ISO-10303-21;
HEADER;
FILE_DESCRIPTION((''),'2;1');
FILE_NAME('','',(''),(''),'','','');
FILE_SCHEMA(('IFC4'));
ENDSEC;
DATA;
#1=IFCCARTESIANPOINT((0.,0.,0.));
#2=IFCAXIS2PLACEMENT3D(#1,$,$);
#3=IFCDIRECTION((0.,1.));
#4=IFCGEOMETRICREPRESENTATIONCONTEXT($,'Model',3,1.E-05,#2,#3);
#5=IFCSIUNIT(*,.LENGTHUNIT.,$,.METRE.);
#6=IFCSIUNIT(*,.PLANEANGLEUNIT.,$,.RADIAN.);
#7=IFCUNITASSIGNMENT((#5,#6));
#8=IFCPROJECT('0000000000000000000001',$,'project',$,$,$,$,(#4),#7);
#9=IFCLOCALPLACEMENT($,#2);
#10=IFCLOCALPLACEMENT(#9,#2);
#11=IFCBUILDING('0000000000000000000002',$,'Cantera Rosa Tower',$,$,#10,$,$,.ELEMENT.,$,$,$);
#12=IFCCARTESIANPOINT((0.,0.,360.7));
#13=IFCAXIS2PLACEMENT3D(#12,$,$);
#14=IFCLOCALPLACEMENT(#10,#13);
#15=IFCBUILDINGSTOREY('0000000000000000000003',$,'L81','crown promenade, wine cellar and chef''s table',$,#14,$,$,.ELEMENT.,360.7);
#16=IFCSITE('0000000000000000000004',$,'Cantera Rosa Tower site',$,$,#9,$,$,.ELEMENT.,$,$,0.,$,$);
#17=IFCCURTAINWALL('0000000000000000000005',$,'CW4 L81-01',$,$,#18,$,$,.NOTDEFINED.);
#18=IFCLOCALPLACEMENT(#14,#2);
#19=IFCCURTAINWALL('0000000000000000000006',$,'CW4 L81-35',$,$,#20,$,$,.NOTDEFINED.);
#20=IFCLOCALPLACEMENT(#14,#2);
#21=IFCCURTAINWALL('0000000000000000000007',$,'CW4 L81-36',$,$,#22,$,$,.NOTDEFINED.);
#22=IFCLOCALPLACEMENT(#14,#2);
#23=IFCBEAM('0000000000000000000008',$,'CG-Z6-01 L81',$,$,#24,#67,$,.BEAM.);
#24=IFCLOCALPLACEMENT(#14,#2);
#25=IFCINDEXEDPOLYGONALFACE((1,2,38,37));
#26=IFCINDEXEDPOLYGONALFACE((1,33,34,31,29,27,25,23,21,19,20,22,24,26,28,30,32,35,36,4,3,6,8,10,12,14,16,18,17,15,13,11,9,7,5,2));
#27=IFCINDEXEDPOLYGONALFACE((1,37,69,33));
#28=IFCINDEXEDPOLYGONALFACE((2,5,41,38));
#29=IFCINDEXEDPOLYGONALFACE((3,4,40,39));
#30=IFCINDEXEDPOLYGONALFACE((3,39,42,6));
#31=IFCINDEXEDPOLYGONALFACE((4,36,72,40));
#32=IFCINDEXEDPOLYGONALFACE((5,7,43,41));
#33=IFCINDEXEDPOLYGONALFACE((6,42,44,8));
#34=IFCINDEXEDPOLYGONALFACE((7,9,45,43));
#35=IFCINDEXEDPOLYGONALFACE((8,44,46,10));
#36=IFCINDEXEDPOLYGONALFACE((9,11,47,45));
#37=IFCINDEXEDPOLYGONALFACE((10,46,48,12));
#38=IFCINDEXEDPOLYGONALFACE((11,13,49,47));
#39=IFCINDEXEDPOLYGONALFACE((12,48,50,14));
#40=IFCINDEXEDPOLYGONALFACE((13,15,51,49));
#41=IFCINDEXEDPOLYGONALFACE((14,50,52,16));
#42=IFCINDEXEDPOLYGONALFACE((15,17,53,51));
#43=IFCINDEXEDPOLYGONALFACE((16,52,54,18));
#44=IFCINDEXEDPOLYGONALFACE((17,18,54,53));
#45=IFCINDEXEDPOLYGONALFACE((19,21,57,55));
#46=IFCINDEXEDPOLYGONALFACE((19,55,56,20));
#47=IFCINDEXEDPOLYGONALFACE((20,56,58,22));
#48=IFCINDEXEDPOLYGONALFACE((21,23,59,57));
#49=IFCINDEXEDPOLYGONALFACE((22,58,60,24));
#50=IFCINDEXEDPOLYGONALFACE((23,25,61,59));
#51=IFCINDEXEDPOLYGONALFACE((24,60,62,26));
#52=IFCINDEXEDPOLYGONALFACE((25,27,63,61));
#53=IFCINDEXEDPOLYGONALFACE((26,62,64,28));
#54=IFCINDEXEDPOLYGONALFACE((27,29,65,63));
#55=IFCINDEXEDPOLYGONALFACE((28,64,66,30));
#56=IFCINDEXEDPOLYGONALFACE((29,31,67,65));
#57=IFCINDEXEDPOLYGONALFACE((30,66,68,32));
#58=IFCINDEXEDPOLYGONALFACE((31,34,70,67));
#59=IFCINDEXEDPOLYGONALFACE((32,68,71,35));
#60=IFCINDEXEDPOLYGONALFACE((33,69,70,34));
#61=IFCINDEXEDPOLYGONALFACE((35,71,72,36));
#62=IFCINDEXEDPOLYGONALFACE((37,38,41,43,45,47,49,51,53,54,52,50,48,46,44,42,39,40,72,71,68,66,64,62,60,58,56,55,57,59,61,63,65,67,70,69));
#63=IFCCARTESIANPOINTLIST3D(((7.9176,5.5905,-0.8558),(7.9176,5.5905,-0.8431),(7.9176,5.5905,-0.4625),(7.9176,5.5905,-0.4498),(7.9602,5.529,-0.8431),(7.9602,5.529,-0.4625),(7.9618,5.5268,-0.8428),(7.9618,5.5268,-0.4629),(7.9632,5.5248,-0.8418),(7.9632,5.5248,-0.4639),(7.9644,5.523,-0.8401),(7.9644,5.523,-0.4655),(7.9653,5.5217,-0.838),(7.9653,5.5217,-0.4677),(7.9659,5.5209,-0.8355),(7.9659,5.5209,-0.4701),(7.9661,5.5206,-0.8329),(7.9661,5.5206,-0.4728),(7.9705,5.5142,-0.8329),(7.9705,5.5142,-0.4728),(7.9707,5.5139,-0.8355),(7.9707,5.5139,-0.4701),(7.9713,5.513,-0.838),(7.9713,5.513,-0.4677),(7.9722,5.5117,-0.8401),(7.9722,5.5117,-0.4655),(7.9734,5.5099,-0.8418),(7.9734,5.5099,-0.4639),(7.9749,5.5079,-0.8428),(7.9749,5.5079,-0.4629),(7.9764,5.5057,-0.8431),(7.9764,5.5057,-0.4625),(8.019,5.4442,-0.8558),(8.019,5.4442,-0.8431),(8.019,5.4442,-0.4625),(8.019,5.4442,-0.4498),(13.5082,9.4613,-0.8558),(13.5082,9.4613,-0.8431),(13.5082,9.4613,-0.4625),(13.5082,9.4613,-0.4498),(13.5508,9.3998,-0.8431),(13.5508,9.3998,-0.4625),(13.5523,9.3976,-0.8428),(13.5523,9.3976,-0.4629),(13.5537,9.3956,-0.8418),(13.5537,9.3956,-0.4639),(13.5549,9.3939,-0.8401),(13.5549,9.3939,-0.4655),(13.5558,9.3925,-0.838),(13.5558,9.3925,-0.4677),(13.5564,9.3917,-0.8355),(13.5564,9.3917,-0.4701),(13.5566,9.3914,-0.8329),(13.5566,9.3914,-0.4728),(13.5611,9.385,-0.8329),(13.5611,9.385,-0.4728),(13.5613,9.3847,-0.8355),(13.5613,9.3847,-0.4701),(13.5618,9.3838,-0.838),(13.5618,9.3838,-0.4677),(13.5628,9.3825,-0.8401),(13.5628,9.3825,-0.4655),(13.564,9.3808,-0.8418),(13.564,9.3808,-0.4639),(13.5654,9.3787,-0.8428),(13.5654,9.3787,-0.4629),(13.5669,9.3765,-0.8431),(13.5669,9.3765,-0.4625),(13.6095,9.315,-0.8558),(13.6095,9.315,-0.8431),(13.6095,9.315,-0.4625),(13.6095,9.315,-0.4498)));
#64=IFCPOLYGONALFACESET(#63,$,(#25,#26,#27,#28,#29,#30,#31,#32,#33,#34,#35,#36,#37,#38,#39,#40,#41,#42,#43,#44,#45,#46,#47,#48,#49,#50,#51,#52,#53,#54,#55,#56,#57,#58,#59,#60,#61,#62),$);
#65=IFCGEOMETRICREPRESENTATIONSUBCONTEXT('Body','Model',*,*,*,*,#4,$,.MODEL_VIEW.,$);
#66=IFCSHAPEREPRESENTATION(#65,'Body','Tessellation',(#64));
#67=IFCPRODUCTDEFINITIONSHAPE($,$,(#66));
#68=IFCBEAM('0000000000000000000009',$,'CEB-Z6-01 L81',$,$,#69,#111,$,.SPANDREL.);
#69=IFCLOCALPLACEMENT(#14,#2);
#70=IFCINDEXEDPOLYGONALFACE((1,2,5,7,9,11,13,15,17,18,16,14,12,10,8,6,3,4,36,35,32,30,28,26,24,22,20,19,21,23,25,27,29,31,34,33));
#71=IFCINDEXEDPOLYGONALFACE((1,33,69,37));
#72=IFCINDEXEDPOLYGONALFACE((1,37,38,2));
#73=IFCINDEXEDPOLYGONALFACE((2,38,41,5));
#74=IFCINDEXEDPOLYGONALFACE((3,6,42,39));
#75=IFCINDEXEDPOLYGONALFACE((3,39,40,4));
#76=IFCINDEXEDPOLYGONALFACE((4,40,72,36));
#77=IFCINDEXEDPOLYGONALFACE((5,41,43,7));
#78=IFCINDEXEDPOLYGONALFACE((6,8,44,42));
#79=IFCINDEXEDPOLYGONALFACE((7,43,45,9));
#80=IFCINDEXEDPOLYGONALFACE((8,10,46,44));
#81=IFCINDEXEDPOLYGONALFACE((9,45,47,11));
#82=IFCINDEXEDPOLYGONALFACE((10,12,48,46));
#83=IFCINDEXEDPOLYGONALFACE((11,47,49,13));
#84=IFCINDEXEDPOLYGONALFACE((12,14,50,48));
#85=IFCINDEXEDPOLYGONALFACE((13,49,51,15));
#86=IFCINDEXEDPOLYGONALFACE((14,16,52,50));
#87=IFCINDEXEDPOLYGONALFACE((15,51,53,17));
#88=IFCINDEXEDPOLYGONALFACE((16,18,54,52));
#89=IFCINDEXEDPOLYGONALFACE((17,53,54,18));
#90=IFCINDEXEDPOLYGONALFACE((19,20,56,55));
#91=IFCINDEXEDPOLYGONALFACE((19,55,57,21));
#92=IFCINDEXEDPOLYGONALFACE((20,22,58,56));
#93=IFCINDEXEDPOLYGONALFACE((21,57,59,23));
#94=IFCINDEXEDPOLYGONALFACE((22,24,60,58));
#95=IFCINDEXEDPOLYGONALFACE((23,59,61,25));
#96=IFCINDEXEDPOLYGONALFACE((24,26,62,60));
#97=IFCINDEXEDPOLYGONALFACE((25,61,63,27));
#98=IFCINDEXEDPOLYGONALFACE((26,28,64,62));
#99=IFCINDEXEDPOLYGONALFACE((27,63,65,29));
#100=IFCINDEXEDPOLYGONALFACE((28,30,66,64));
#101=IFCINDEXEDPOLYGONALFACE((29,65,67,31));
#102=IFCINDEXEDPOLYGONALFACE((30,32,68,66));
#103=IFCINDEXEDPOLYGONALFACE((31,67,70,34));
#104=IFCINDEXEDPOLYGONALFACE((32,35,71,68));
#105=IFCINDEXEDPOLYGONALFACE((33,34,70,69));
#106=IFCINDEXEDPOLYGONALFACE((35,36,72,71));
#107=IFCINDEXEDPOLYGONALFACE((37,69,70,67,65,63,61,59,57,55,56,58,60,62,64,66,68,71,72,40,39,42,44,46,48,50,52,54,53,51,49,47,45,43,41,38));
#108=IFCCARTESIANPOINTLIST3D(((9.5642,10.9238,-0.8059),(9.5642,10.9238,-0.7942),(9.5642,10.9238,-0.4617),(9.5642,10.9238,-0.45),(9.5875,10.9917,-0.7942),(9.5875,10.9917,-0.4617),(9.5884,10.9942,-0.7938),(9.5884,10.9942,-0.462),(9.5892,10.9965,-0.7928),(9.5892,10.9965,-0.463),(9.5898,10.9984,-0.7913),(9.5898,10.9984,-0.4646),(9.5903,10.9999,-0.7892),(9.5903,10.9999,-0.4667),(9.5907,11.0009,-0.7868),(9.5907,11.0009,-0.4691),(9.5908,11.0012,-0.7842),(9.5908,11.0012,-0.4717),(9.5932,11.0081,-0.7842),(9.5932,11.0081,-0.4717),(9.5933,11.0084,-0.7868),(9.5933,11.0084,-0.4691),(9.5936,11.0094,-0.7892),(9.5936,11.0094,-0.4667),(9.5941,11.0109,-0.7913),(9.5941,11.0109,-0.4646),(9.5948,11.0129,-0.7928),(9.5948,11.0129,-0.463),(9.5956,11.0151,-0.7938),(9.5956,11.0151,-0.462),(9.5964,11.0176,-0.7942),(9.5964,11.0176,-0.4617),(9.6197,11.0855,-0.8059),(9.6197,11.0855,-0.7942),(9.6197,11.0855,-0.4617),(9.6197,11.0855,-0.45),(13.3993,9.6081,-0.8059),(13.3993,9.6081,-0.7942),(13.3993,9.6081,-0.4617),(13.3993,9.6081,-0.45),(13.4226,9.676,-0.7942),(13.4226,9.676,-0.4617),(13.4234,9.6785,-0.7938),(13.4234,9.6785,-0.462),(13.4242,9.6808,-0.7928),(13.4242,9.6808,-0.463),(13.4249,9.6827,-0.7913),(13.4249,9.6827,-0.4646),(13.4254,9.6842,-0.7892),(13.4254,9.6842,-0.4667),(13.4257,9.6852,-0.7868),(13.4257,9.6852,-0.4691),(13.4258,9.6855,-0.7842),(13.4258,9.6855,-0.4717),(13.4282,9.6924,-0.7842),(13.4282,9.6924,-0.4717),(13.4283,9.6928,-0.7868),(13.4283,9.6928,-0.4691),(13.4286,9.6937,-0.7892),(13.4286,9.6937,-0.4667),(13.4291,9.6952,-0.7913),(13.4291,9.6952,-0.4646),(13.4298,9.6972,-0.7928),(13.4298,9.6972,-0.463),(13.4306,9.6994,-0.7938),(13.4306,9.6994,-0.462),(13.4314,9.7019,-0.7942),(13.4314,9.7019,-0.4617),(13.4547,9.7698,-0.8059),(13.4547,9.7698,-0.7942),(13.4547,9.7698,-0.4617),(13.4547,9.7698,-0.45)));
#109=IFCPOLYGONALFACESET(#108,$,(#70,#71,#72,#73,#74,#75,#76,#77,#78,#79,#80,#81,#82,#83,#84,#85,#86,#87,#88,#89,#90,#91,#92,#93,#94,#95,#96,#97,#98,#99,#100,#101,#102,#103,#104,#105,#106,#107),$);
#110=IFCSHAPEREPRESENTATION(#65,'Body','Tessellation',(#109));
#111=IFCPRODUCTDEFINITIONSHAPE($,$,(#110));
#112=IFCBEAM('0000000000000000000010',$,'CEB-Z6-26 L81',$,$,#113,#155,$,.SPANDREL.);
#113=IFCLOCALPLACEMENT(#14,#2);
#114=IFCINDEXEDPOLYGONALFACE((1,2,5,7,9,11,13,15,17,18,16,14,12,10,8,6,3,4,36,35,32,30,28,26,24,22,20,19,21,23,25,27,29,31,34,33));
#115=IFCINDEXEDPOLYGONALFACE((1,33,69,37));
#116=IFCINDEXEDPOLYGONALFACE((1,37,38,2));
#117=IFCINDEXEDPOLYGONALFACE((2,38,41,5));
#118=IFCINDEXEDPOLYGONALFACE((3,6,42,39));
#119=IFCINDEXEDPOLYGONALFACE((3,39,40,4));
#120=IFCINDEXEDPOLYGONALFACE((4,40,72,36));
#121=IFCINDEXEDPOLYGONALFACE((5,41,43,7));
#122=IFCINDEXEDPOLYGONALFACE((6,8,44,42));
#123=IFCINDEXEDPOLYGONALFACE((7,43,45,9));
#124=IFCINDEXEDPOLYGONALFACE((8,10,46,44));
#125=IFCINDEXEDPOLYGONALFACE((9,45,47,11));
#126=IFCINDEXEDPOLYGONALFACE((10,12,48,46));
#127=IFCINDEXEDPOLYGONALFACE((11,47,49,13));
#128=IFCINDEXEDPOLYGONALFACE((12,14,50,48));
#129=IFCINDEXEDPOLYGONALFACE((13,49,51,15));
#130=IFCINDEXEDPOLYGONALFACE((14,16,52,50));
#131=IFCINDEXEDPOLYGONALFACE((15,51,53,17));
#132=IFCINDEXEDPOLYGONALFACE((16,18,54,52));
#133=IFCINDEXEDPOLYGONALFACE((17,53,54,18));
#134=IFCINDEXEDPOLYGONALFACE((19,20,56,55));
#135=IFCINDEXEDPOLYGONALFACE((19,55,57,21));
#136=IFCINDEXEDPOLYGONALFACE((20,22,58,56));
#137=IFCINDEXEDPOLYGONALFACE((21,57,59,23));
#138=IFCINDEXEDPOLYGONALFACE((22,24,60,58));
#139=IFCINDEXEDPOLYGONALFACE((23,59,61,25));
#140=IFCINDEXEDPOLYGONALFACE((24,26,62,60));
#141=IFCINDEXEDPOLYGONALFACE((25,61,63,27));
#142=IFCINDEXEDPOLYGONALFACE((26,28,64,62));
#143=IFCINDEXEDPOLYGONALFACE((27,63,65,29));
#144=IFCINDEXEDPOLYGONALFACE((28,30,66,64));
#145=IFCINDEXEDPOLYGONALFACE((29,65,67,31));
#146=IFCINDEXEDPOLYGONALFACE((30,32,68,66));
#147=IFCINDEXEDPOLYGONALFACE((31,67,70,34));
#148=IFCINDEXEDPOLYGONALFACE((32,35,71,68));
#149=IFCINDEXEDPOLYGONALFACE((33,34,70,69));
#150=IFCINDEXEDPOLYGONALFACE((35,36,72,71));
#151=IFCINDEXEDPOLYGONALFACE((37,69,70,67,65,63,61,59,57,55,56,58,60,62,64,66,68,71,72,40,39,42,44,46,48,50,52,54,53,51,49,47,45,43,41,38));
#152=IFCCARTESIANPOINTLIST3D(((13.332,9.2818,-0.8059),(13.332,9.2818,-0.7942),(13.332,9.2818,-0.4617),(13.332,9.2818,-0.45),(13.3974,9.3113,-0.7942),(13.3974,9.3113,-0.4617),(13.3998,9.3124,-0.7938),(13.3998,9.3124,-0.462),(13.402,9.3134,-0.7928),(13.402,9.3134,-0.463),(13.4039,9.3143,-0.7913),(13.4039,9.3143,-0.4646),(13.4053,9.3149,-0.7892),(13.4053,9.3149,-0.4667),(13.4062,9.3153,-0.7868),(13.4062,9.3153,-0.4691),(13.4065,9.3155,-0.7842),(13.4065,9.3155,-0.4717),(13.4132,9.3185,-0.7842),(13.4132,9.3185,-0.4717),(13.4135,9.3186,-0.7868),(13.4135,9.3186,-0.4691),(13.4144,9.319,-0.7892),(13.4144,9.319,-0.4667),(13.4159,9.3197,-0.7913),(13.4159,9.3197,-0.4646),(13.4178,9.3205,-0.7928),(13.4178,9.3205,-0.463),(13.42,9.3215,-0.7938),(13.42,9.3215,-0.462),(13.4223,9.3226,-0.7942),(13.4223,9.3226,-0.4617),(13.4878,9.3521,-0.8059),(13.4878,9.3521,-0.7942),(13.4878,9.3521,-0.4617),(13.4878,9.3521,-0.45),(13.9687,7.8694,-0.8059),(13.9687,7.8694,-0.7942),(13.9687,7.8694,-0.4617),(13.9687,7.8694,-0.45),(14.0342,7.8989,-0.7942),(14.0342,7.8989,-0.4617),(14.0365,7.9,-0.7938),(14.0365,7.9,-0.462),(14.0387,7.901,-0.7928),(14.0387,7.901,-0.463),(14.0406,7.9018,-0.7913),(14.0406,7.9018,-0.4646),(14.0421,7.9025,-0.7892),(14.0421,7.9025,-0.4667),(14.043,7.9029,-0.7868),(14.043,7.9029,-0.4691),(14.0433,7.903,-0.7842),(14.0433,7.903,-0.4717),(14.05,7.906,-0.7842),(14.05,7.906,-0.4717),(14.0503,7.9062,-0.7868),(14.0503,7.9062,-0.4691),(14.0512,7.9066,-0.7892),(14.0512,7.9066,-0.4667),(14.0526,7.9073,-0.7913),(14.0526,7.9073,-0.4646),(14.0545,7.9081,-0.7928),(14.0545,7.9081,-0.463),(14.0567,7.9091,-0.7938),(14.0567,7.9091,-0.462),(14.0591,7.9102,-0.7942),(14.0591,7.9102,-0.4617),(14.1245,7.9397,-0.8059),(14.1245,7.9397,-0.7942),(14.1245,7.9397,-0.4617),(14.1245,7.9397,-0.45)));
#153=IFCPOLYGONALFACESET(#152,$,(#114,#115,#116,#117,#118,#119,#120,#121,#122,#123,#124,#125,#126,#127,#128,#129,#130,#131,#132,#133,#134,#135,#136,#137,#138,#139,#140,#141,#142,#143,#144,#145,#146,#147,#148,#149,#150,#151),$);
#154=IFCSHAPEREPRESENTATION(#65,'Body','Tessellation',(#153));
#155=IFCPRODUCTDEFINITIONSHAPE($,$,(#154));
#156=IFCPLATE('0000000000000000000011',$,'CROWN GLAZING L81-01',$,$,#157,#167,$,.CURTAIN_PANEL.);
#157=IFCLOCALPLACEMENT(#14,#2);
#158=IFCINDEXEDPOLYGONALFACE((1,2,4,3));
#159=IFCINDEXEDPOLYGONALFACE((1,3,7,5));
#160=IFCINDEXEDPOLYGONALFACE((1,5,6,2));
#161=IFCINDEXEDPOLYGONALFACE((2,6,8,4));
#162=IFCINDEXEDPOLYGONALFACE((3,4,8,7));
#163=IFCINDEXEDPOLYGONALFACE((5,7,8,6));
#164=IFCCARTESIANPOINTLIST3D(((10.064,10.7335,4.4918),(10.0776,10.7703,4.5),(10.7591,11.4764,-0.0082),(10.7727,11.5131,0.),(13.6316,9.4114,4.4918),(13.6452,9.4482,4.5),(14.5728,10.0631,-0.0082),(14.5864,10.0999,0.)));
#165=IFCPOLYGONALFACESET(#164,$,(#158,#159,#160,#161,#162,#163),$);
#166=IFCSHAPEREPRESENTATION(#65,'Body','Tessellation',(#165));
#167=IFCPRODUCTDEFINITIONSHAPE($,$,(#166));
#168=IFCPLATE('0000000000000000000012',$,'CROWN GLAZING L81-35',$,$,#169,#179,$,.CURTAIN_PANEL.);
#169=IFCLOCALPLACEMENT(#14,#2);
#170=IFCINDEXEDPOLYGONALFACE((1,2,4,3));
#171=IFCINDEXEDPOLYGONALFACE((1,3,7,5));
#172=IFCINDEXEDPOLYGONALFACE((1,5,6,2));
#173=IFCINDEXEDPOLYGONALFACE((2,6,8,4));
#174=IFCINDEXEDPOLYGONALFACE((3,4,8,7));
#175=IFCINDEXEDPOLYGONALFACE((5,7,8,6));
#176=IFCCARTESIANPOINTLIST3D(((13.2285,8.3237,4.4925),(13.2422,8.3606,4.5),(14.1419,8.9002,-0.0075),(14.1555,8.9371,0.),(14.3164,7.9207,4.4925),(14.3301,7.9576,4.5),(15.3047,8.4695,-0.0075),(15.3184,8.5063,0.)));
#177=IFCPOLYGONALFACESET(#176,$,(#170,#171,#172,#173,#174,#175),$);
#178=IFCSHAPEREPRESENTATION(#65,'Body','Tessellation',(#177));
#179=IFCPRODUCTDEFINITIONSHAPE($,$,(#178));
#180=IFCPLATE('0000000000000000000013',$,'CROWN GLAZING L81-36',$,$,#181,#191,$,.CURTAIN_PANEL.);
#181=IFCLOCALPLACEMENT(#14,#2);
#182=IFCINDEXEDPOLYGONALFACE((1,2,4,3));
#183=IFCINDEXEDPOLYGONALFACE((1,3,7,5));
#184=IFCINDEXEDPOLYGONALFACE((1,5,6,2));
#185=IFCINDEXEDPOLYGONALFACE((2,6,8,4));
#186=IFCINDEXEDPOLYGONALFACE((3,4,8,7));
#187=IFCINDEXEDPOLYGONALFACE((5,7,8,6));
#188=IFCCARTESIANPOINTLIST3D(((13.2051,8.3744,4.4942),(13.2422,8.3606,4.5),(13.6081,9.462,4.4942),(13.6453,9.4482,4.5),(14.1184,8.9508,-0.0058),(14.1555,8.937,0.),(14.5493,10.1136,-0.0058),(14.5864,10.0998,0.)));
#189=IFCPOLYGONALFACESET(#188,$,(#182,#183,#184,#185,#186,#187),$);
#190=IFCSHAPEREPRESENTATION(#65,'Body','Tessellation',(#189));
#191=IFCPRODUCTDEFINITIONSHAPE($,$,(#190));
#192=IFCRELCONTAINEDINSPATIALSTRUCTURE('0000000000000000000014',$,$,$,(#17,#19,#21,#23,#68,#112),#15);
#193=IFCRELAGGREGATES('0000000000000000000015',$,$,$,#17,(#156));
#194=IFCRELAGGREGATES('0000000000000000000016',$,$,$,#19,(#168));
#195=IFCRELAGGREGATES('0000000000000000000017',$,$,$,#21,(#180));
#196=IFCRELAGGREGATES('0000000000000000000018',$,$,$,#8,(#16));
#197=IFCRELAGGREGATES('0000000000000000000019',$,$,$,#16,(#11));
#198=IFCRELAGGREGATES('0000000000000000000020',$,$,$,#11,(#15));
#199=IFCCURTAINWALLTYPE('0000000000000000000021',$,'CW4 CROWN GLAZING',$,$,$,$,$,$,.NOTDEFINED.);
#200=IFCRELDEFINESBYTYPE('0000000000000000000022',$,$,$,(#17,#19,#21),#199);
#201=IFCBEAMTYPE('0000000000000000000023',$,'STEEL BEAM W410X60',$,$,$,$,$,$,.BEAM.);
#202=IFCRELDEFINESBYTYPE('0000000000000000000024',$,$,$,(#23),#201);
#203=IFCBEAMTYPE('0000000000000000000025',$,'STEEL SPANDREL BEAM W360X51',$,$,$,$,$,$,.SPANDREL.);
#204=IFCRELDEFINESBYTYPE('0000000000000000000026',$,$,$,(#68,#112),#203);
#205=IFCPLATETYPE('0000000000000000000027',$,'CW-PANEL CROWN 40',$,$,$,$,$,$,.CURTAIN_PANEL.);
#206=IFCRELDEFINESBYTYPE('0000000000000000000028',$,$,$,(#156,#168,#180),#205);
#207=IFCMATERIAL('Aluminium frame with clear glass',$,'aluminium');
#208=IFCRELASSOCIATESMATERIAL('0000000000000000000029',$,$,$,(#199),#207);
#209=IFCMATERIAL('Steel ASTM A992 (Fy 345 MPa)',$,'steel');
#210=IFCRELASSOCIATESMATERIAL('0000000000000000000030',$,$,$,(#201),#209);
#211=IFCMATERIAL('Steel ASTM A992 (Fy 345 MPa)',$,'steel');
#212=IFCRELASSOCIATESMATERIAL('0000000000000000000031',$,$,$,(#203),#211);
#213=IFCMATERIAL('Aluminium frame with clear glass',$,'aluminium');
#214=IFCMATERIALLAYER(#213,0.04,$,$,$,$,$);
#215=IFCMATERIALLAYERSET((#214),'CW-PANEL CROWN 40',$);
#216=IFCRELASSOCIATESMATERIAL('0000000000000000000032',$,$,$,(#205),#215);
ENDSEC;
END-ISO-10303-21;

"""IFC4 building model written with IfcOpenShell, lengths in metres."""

from ifc_helpers import new_model, si_unit, direction, frame, origin, origin_2d, place, context, subcontext, project, spatial, polyline, i_section, outline, extrude, material, layer, layer_set, material_profile, profile_set, type_object, element, aggregate, save


model = new_model("IFC4")

# Units and contexts
model_context = context("Model", 3, precision=1e-05, world=origin(), true_north=direction((0.0, 1.0)))
body_context = subcontext(model_context, "Body", "Model", "MODEL_VIEW")
ifc_project = project(units=[si_unit("LENGTHUNIT", "METRE"), si_unit("PLANEANGLEUNIT", "RADIAN")], contexts=[model_context])

# Site, building, storey
site_placement = place(None, origin())
site = spatial("IfcSite", under=ifc_project, at=site_placement, Name="Cantera Rosa Tower site", CompositionType="ELEMENT", RefElevation=0.0)
building_placement = place(site_placement, origin())
building = spatial("IfcBuilding", under=site, at=building_placement, Name="Cantera Rosa Tower", CompositionType="ELEMENT")
storey_placement = place(building_placement, frame((0.0, 0.0, 360.7)))
storey = spatial("IfcBuildingStorey", under=building, at=storey_placement, Name="L81", Description="crown promenade, wine cellar and chef's table", CompositionType="ELEMENT", Elevation=360.7)

# Curtain walls
ifc_material_1 = material(Name="Aluminium frame with clear glass", Category="aluminium")
curtain_wall_type = type_object("IfcCurtainWallType", Name="CW4 CROWN GLAZING", PredefinedType="NOTDEFINED", material=ifc_material_1)
curtain_wall_1_placement = place(storey_placement, origin())
curtain_wall_1 = element("IfcCurtainWall", 1, at=curtain_wall_1_placement, inside=storey, type_object=curtain_wall_type, Name="CW4 L81-01", PredefinedType="NOTDEFINED")
curtain_wall_2_placement = place(storey_placement, origin())
curtain_wall_2 = element("IfcCurtainWall", 2, at=curtain_wall_2_placement, inside=storey, type_object=curtain_wall_type, Name="CW4 L81-35", PredefinedType="NOTDEFINED")
curtain_wall_3_placement = place(storey_placement, origin())
curtain_wall_3 = element("IfcCurtainWall", 3, at=curtain_wall_3_placement, inside=storey, type_object=curtain_wall_type, Name="CW4 L81-36", PredefinedType="NOTDEFINED")

# Beams
ifc_material_2 = material(Name="Steel ASTM A992 (Fy 345 MPa)", Category="steel")
ifc_material_profile_1 = material_profile(ifc_material_2, i_section(OverallWidth=0.178, OverallDepth=0.406, WebThickness=0.0078, FlangeThickness=0.0127, FilletRadius=0.0103, at=origin_2d()), Name="W410X60")
ifc_profile_set_1 = profile_set([ifc_material_profile_1], Name="Steel ASTM A992 (Fy 345 MPa)")
beam_type_1 = type_object("IfcBeamType", Name="STEEL BEAM W410X60", PredefinedType="BEAM", material=ifc_profile_set_1)
beam_1_placement = place(storey_placement, frame((13.5588, 9.3882, -0.6528), z_axis=(-0.822161, -0.569255, 0.0), x_axis=(0.569255, -0.822161, 0.0)))
element("IfcBeam", 4, at=beam_1_placement, inside=storey, type_object=beam_type_1, Name="CG-Z6-01 L81", PredefinedType="BEAM", context=body_context, shape_type="SweptSolid", body=[
    extrude(i_section(OverallWidth=0.178, OverallDepth=0.406, WebThickness=0.0078, FlangeThickness=0.0127, FilletRadius=0.0103, at=origin_2d()), origin(), (0.0, 0.0, 1.0), 6.7998),
])
ifc_material_3 = material(Name="Steel ASTM A992 (Fy 345 MPa)", Category="steel")
ifc_material_profile_2 = material_profile(ifc_material_3, i_section(OverallWidth=0.1709, OverallDepth=0.356, WebThickness=0.0073, FlangeThickness=0.0117, FilletRadius=0.01, at=origin_2d()), Name="W360X51")
ifc_profile_set_2 = profile_set([ifc_material_profile_2], Name="Steel ASTM A992 (Fy 345 MPa)")
beam_type_2 = type_object("IfcBeamType", Name="STEEL SPANDREL BEAM W360X51", PredefinedType="SPANDREL", material=ifc_profile_set_2)
beam_2_placement = place(storey_placement, frame((13.427, 9.689, -0.6279), z_axis=(-0.945883, 0.324508, 0.0), x_axis=(-0.324508, -0.945883, 0.0)))
element("IfcBeam", 5, at=beam_2_placement, inside=storey, type_object=beam_type_2, Name="CEB-Z6-01 L81", PredefinedType="SPANDREL", context=body_context, shape_type="SweptSolid", body=[
    extrude(i_section(OverallWidth=0.1709, OverallDepth=0.356, WebThickness=0.0073, FlangeThickness=0.0117, FilletRadius=0.01, at=origin_2d()), origin(), (0.0, 0.0, 1.0), 4.0544),
])
beam_3_placement = place(storey_placement, frame((14.0466, 7.9045, -0.6279), z_axis=(-0.410987, 0.911641, 0.0), x_axis=(-0.911641, -0.410987, 0.0)))
element("IfcBeam", 6, at=beam_3_placement, inside=storey, type_object=beam_type_2, Name="CEB-Z6-26 L81", PredefinedType="SPANDREL", context=body_context, shape_type="SweptSolid", body=[
    extrude(i_section(OverallWidth=0.1709, OverallDepth=0.356, WebThickness=0.0073, FlangeThickness=0.0117, FilletRadius=0.01, at=origin_2d()), origin(), (0.0, 0.0, 1.0), 1.5493),
])

# Plates
ifc_material_4 = material(Name="Aluminium frame with clear glass", Category="aluminium")
ifc_layer_1 = layer(ifc_material_4, 0.04)
ifc_layer_set_1 = layer_set([ifc_layer_1], Name="CW-PANEL CROWN 40")
plate_type = type_object("IfcPlateType", Name="CW-PANEL CROWN 40", PredefinedType="CURTAIN_PANEL", material=ifc_layer_set_1)
plate_1_placement = place(storey_placement, frame((14.5864, 10.0999, 0.0), z_axis=(0.340171, 0.917952, 0.204079), x_axis=(-0.937686, 0.347485, -0.000003)))
plate_1 = element("IfcPlate", 7, at=plate_1_placement, type_object=plate_type, Name="CROWN GLAZING L81-01", PredefinedType="CURTAIN_PANEL", context=body_context, shape_type="SweptSolid", body=[
    extrude(outline(polyline([(0.0, 0.0), (4.0672, 0.0), (4.4608, 4.5968), (0.6561, 4.5967), (0.0, 0.0)])), origin(), (0.0, 0.0, -1.0), 0.04),
])
plate_2_placement = place(storey_placement, frame((15.3184, 8.5063, 0.0), z_axis=(0.341219, 0.921142, 0.187264), x_axis=(-0.937731, 0.347362, 0.000012)))
plate_2 = element("IfcPlate", 8, at=plate_2_placement, type_object=plate_type, Name="CROWN GLAZING L81-35", PredefinedType="CURTAIN_PANEL", context=body_context, shape_type="SweptSolid", body=[
    extrude(outline(polyline([(0.0, 0.0), (1.24, 0.0), (1.8963, 4.581), (0.7362, 4.581), (0.0, 0.0)])), origin(), (0.0, 0.0, -1.0), 0.04),
])
plate_3_placement = place(storey_placement, frame((14.1555, 8.937, 0.0), z_axis=(0.927874, -0.343851, 0.144275), x_axis=(0.347486, 0.937685, 0.000002)))
plate_3 = element("IfcPlate", 9, at=plate_3_placement, type_object=plate_type, Name="CROWN GLAZING L81-36", PredefinedType="CURTAIN_PANEL", context=body_context, shape_type="SweptSolid", body=[
    extrude(outline(polyline([(0.0, 0.0), (1.2401, 0.0), (0.3021, 4.5476), (-0.8579, 4.5476), (0.0, 0.0)])), origin(), (0.0, 0.0, -1.0), 0.04),
])

aggregate(curtain_wall_1, [plate_1])
aggregate(curtain_wall_2, [plate_2])
aggregate(curtain_wall_3, [plate_3])

save(model, "model.ifc")
